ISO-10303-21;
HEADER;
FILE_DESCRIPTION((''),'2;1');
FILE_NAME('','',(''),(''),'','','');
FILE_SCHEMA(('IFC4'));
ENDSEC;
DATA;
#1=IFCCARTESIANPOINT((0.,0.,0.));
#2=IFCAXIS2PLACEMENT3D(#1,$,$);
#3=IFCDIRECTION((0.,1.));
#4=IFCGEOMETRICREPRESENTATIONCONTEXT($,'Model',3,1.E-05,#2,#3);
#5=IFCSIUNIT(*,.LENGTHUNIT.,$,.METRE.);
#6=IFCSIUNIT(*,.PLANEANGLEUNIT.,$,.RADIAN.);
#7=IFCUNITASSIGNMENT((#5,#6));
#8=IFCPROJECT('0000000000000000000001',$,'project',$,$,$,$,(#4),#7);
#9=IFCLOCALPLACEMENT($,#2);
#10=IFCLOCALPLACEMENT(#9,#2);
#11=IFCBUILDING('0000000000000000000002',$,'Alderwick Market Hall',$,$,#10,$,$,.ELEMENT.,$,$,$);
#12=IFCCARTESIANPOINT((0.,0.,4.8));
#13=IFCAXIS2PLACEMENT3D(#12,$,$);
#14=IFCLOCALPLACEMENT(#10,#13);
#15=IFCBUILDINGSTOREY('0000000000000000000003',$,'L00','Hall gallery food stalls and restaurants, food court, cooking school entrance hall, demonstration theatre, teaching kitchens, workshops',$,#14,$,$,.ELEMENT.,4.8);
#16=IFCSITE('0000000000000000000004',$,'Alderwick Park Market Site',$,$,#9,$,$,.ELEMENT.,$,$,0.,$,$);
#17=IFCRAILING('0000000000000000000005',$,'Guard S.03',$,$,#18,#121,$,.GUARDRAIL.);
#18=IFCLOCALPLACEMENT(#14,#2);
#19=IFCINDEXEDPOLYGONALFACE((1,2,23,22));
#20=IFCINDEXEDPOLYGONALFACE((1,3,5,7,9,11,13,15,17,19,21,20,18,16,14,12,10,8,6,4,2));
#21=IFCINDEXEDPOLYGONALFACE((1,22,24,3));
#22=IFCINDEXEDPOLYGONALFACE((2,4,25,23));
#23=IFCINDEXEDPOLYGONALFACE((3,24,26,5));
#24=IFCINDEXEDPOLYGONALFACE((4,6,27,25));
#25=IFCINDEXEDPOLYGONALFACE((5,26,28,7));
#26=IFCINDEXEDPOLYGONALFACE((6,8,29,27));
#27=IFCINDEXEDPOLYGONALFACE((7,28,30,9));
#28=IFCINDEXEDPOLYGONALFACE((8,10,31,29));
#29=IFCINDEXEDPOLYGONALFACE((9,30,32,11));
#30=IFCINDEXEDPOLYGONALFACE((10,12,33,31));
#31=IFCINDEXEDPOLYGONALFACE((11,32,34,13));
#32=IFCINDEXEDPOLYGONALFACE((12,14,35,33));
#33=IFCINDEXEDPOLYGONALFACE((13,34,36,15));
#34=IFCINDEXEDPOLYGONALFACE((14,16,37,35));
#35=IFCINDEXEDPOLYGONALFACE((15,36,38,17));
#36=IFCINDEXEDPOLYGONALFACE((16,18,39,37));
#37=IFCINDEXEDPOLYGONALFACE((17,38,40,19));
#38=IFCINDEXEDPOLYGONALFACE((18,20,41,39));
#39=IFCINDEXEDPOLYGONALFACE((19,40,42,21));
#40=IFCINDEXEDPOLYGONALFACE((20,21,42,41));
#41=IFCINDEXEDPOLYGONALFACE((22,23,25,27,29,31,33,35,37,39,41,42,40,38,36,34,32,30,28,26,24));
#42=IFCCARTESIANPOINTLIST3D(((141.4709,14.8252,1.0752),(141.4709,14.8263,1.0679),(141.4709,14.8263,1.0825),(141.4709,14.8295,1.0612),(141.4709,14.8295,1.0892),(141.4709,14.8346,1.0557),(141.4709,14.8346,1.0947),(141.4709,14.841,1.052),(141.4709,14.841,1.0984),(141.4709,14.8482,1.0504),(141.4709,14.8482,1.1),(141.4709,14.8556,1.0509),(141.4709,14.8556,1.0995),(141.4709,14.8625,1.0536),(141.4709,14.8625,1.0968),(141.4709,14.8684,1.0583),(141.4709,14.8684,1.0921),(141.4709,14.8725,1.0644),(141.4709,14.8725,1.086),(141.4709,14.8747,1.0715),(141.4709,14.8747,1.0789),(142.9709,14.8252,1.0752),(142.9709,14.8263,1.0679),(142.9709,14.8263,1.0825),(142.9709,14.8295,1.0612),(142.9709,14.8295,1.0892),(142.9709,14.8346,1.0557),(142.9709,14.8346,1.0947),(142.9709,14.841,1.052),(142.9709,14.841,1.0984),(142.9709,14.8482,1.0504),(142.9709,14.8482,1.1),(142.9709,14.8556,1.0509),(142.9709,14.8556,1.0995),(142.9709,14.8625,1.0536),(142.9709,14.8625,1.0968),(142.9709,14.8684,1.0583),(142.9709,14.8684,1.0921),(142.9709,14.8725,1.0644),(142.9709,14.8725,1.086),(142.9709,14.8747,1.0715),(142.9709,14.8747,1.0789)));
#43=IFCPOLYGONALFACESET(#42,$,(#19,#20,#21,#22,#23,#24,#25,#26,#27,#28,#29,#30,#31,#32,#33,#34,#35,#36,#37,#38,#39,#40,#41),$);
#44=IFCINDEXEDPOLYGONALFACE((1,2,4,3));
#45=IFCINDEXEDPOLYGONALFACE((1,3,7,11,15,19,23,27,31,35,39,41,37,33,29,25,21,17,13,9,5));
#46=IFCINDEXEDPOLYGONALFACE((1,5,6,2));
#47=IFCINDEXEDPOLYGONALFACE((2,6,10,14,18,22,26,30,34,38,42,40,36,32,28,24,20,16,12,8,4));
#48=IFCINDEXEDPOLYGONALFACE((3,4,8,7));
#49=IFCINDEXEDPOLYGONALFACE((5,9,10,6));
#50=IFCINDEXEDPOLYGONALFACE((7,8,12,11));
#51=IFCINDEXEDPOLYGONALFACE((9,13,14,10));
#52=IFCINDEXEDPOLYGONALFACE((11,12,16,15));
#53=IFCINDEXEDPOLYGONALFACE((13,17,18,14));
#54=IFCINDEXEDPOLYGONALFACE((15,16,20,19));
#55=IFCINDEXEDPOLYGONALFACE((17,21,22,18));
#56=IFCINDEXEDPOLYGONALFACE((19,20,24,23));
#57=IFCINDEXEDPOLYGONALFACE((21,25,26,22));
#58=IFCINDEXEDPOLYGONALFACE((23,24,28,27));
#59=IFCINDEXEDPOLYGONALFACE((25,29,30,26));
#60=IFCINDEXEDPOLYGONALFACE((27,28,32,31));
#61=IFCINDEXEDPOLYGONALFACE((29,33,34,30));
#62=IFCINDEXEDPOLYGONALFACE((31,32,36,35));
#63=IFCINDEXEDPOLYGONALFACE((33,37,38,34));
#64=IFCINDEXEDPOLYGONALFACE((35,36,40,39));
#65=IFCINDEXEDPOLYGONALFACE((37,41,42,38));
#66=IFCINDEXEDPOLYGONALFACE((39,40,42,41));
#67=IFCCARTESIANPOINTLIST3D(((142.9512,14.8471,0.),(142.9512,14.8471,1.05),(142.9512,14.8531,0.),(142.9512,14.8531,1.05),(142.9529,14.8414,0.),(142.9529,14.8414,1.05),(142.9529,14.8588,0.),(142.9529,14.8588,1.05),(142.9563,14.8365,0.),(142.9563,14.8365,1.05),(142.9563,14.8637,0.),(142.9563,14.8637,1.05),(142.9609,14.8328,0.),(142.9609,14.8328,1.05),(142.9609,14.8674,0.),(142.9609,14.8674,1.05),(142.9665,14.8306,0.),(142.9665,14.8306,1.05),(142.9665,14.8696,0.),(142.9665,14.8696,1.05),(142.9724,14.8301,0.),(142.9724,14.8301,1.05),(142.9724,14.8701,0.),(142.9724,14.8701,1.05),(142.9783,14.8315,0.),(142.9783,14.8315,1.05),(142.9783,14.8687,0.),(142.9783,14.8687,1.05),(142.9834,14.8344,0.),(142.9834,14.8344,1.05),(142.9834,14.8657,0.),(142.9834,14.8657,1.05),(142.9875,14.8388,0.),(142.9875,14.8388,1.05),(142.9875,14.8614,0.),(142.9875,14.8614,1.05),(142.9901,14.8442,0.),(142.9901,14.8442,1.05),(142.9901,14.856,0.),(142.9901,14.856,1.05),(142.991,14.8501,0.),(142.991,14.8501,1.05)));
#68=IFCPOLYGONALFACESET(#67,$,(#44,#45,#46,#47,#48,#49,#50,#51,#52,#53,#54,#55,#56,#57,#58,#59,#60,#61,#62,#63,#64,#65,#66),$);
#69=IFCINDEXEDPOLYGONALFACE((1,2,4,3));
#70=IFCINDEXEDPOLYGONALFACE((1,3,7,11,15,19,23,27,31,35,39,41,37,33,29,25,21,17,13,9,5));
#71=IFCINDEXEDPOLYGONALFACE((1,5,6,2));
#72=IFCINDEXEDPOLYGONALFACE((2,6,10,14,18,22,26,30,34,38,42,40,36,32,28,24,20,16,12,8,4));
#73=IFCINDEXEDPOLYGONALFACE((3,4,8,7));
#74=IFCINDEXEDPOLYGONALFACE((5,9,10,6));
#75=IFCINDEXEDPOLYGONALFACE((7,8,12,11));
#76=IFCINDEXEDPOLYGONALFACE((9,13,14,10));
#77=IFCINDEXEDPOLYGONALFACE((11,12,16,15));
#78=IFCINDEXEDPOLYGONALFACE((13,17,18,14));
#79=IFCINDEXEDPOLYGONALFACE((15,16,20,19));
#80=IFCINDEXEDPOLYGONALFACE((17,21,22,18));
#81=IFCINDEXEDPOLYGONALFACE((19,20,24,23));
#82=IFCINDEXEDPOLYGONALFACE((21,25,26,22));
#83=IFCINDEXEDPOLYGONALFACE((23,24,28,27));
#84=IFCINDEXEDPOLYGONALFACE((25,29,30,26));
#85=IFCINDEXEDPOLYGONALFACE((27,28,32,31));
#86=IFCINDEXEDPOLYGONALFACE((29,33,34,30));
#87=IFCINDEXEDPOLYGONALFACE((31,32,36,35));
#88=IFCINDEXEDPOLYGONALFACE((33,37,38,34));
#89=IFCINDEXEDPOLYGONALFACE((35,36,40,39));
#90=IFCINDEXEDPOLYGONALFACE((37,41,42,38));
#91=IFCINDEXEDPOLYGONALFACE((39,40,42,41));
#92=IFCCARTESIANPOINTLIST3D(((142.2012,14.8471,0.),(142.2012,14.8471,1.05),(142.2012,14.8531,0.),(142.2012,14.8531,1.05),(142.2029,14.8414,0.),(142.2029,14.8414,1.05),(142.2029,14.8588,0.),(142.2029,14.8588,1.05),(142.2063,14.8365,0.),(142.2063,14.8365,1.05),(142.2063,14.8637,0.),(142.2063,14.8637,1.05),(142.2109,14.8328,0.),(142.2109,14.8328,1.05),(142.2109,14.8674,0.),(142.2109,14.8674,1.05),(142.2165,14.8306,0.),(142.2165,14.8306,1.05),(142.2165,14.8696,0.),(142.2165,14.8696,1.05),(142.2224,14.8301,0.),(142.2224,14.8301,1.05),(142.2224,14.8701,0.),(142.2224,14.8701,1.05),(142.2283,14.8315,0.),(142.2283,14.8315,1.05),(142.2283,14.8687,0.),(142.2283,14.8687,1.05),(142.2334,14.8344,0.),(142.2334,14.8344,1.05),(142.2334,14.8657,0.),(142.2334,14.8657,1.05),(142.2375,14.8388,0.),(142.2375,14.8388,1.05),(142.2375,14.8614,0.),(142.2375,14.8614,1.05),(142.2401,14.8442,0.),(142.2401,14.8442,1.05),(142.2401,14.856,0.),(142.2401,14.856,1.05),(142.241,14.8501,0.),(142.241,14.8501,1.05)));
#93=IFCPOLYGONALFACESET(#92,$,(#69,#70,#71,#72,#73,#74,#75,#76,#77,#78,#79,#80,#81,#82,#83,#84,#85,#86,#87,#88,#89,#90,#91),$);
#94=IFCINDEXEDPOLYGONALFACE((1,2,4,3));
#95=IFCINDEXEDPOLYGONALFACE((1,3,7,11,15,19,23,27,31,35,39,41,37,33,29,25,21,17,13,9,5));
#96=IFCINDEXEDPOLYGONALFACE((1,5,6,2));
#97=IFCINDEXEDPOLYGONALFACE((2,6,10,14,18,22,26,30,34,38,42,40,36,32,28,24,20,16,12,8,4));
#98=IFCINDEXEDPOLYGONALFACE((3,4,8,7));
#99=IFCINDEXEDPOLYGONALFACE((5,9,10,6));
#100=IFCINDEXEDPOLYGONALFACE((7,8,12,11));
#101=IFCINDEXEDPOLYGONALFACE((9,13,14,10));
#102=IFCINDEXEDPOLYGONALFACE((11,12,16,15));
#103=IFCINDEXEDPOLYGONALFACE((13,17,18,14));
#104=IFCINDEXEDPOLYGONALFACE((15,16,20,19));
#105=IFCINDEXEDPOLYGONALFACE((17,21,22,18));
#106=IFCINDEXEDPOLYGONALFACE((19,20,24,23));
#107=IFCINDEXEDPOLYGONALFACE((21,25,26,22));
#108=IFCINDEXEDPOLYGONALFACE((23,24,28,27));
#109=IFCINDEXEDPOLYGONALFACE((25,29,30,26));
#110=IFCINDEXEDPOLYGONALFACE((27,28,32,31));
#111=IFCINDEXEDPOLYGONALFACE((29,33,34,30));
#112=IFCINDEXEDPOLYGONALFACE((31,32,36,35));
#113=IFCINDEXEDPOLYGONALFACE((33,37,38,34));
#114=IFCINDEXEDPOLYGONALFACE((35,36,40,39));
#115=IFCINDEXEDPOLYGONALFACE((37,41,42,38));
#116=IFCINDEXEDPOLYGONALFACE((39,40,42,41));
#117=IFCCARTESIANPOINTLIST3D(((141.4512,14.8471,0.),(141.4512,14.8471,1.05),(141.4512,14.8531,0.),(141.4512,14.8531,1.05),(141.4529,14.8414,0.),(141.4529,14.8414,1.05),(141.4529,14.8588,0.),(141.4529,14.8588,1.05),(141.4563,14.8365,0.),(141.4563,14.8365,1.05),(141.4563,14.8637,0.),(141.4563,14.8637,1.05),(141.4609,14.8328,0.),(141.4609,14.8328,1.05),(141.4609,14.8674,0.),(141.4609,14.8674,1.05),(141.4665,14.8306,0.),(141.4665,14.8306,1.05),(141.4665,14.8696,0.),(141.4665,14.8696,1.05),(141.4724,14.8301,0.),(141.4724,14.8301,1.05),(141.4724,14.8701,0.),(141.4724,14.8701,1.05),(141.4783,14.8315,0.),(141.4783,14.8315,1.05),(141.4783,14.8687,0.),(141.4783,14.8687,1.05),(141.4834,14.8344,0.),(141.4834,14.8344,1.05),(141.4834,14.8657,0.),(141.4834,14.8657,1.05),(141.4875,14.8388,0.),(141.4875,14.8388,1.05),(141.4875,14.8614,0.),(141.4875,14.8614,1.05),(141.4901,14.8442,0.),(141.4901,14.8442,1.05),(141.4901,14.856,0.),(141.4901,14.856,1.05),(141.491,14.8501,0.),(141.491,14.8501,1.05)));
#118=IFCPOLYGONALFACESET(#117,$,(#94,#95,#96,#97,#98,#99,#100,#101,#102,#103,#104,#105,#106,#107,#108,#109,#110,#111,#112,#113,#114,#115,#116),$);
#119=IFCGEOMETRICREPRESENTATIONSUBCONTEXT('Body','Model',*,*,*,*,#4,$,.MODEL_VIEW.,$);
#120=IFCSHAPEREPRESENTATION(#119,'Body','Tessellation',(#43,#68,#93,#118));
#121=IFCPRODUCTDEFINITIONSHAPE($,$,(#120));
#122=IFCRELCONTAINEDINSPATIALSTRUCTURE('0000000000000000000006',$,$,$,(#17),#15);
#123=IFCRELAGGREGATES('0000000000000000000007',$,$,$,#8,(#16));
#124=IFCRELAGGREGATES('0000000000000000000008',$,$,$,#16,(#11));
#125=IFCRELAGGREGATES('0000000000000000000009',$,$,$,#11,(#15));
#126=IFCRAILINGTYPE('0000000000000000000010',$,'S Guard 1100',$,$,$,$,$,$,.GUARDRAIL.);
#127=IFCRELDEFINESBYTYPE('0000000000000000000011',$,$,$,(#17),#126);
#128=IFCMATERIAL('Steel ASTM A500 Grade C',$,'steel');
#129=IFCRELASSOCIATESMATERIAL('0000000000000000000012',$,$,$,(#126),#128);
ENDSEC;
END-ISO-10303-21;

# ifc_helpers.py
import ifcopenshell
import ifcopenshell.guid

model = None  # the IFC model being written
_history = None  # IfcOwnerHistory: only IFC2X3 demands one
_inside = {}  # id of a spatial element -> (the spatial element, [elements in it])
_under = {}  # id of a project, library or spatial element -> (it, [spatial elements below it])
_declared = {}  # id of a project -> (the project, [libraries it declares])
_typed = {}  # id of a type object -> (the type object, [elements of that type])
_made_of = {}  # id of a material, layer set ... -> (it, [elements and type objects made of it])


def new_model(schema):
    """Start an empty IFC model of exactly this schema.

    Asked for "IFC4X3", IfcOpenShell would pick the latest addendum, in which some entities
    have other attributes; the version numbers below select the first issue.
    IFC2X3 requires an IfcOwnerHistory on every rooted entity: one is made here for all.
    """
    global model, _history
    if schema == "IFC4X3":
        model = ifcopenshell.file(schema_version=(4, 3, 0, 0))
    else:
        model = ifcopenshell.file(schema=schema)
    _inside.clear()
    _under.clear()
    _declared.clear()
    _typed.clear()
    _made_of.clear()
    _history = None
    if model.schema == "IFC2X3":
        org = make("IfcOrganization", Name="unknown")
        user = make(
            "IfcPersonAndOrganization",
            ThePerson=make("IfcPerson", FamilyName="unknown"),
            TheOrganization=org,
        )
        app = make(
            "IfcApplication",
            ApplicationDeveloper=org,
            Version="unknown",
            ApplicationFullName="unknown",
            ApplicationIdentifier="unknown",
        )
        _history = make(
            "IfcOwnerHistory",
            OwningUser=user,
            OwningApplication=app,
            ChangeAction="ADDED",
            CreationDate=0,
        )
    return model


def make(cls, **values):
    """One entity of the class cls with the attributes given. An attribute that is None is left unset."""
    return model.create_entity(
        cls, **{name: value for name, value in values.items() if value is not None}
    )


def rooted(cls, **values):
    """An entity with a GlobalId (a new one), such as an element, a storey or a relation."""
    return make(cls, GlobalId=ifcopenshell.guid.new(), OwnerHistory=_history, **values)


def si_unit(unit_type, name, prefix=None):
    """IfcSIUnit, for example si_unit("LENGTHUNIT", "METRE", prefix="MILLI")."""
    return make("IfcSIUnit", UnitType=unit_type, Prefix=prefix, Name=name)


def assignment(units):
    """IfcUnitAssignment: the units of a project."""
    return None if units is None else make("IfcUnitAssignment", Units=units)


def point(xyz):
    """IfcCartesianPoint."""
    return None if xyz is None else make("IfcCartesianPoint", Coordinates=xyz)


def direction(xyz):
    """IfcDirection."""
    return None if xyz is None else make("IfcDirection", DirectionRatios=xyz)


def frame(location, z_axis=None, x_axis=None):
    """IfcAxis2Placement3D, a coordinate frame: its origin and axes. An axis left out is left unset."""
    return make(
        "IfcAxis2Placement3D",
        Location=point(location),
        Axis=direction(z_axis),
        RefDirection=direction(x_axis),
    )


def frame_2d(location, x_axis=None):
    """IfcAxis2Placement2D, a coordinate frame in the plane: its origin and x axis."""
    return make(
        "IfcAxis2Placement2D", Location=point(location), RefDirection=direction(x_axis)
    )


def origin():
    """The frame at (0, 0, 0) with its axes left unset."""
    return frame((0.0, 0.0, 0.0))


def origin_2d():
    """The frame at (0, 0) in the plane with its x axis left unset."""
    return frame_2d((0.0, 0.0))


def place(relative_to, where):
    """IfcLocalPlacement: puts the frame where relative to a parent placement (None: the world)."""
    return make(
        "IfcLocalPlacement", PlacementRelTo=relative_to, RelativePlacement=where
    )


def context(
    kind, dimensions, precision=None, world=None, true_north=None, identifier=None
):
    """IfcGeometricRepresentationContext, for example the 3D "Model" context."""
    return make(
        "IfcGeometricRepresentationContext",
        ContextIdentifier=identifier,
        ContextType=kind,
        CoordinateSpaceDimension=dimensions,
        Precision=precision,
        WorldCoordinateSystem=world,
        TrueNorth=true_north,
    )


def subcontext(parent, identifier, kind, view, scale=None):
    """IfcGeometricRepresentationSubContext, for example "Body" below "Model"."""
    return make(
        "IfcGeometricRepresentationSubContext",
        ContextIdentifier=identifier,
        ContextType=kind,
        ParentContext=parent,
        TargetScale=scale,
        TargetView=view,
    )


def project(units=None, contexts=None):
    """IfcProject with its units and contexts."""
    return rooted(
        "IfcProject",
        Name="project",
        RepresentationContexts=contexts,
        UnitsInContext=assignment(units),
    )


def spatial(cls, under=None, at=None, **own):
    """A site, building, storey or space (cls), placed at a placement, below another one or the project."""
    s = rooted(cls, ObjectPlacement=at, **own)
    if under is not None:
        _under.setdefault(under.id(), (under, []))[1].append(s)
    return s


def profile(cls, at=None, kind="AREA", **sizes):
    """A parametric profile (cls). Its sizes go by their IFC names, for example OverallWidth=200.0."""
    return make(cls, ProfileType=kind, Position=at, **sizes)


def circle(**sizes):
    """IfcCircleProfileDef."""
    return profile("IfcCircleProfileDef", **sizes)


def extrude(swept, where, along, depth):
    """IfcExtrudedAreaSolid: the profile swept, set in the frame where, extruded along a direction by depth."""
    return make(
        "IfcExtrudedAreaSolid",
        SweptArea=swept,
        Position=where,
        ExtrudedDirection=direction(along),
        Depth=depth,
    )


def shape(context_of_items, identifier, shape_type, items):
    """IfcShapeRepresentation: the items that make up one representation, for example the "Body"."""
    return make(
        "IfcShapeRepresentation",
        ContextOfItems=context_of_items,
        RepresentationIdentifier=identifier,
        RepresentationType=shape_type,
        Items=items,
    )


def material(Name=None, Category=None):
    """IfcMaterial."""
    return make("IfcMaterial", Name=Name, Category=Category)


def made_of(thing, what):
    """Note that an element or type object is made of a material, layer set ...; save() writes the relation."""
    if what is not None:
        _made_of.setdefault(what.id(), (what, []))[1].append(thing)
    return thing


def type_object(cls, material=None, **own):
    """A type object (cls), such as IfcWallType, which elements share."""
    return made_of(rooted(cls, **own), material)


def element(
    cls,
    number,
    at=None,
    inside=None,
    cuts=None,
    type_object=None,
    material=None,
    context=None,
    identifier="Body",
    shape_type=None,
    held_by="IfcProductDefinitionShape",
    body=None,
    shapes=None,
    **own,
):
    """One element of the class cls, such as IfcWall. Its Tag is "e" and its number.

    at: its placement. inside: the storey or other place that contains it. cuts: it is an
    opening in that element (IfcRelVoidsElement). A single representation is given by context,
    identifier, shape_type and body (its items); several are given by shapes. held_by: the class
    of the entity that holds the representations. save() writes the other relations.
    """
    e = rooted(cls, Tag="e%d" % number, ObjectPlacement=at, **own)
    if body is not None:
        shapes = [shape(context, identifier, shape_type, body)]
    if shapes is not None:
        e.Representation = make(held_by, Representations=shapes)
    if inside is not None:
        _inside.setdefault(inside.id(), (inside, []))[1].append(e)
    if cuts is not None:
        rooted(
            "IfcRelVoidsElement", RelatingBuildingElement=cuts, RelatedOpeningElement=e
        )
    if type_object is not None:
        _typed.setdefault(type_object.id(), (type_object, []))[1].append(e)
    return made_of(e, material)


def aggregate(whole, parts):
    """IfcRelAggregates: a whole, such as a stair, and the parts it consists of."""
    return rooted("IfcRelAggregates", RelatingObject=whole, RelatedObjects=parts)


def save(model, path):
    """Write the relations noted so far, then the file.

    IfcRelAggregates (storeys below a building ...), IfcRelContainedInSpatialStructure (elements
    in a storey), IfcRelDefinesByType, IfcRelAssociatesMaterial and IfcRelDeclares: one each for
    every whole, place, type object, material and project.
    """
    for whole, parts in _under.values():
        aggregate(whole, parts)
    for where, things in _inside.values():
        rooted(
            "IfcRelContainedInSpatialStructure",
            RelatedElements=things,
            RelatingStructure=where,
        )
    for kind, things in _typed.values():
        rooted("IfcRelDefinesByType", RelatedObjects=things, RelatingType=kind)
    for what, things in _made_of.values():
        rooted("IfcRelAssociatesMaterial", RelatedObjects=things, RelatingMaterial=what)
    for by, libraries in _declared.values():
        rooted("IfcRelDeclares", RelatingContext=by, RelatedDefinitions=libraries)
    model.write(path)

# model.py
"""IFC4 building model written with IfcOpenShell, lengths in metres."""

from ifc_helpers import new_model, si_unit, direction, frame, origin, origin_2d, place, context, subcontext, project, spatial, circle, extrude, material, type_object, element, save


model = new_model("IFC4")

# Units and contexts
model_context = context("Model", 3, precision=1e-05, world=origin(), true_north=direction((0.0, 1.0)))
body_context = subcontext(model_context, "Body", "Model", "MODEL_VIEW")
ifc_project = project(units=[si_unit("LENGTHUNIT", "METRE"), si_unit("PLANEANGLEUNIT", "RADIAN")], contexts=[model_context])

# Site, building, storey
site_placement = place(None, origin())
site = spatial("IfcSite", under=ifc_project, at=site_placement, Name="Alderwick Park Market Site", CompositionType="ELEMENT", RefElevation=0.0)
building_placement = place(site_placement, origin())
building = spatial("IfcBuilding", under=site, at=building_placement, Name="Alderwick Market Hall", CompositionType="ELEMENT")
storey_placement = place(building_placement, frame((0.0, 0.0, 4.8)))
storey = spatial("IfcBuildingStorey", under=building, at=storey_placement, Name="L00", Description="Hall gallery food stalls and restaurants, food court, cooking school entrance hall, demonstration theatre, teaching kitchens, workshops", CompositionType="ELEMENT", Elevation=4.8)

# Shared definitions
ifc_material_1 = material(Name="Steel ASTM A500 Grade C", Category="steel")

# Railing
railing_type_1 = type_object("IfcRailingType", Name="S Guard 1100", PredefinedType="GUARDRAIL", material=ifc_material_1)
railing_1_placement = place(storey_placement, frame((142.9709, 14.8501, 0.0)))
element("IfcRailing", 1, at=railing_1_placement, inside=storey, type_object=railing_type_1, Name="Guard S.03", PredefinedType="GUARDRAIL", context=body_context, shape_type="SweptSolid", body=[
    extrude(circle(Radius=0.0249, at=origin_2d()), frame((0.0, 0.0, 1.0752), z_axis=(-1.0, 0.0, 0.0), x_axis=(0.0, -1.0, 0.0)), (0.0, 0.0, 1.0), 1.5),
    extrude(circle(Radius=0.02, at=origin_2d()), origin(), (0.0, 0.0, 1.0), 1.05),
    extrude(circle(Radius=0.02, at=origin_2d()), frame((-0.75, 0.0, 0.0)), (0.0, 0.0, 1.0), 1.05),
    extrude(circle(Radius=0.02, at=origin_2d()), frame((-1.5, 0.0, 0.0)), (0.0, 0.0, 1.0), 1.05),
])

save(model, "model.ifc")
